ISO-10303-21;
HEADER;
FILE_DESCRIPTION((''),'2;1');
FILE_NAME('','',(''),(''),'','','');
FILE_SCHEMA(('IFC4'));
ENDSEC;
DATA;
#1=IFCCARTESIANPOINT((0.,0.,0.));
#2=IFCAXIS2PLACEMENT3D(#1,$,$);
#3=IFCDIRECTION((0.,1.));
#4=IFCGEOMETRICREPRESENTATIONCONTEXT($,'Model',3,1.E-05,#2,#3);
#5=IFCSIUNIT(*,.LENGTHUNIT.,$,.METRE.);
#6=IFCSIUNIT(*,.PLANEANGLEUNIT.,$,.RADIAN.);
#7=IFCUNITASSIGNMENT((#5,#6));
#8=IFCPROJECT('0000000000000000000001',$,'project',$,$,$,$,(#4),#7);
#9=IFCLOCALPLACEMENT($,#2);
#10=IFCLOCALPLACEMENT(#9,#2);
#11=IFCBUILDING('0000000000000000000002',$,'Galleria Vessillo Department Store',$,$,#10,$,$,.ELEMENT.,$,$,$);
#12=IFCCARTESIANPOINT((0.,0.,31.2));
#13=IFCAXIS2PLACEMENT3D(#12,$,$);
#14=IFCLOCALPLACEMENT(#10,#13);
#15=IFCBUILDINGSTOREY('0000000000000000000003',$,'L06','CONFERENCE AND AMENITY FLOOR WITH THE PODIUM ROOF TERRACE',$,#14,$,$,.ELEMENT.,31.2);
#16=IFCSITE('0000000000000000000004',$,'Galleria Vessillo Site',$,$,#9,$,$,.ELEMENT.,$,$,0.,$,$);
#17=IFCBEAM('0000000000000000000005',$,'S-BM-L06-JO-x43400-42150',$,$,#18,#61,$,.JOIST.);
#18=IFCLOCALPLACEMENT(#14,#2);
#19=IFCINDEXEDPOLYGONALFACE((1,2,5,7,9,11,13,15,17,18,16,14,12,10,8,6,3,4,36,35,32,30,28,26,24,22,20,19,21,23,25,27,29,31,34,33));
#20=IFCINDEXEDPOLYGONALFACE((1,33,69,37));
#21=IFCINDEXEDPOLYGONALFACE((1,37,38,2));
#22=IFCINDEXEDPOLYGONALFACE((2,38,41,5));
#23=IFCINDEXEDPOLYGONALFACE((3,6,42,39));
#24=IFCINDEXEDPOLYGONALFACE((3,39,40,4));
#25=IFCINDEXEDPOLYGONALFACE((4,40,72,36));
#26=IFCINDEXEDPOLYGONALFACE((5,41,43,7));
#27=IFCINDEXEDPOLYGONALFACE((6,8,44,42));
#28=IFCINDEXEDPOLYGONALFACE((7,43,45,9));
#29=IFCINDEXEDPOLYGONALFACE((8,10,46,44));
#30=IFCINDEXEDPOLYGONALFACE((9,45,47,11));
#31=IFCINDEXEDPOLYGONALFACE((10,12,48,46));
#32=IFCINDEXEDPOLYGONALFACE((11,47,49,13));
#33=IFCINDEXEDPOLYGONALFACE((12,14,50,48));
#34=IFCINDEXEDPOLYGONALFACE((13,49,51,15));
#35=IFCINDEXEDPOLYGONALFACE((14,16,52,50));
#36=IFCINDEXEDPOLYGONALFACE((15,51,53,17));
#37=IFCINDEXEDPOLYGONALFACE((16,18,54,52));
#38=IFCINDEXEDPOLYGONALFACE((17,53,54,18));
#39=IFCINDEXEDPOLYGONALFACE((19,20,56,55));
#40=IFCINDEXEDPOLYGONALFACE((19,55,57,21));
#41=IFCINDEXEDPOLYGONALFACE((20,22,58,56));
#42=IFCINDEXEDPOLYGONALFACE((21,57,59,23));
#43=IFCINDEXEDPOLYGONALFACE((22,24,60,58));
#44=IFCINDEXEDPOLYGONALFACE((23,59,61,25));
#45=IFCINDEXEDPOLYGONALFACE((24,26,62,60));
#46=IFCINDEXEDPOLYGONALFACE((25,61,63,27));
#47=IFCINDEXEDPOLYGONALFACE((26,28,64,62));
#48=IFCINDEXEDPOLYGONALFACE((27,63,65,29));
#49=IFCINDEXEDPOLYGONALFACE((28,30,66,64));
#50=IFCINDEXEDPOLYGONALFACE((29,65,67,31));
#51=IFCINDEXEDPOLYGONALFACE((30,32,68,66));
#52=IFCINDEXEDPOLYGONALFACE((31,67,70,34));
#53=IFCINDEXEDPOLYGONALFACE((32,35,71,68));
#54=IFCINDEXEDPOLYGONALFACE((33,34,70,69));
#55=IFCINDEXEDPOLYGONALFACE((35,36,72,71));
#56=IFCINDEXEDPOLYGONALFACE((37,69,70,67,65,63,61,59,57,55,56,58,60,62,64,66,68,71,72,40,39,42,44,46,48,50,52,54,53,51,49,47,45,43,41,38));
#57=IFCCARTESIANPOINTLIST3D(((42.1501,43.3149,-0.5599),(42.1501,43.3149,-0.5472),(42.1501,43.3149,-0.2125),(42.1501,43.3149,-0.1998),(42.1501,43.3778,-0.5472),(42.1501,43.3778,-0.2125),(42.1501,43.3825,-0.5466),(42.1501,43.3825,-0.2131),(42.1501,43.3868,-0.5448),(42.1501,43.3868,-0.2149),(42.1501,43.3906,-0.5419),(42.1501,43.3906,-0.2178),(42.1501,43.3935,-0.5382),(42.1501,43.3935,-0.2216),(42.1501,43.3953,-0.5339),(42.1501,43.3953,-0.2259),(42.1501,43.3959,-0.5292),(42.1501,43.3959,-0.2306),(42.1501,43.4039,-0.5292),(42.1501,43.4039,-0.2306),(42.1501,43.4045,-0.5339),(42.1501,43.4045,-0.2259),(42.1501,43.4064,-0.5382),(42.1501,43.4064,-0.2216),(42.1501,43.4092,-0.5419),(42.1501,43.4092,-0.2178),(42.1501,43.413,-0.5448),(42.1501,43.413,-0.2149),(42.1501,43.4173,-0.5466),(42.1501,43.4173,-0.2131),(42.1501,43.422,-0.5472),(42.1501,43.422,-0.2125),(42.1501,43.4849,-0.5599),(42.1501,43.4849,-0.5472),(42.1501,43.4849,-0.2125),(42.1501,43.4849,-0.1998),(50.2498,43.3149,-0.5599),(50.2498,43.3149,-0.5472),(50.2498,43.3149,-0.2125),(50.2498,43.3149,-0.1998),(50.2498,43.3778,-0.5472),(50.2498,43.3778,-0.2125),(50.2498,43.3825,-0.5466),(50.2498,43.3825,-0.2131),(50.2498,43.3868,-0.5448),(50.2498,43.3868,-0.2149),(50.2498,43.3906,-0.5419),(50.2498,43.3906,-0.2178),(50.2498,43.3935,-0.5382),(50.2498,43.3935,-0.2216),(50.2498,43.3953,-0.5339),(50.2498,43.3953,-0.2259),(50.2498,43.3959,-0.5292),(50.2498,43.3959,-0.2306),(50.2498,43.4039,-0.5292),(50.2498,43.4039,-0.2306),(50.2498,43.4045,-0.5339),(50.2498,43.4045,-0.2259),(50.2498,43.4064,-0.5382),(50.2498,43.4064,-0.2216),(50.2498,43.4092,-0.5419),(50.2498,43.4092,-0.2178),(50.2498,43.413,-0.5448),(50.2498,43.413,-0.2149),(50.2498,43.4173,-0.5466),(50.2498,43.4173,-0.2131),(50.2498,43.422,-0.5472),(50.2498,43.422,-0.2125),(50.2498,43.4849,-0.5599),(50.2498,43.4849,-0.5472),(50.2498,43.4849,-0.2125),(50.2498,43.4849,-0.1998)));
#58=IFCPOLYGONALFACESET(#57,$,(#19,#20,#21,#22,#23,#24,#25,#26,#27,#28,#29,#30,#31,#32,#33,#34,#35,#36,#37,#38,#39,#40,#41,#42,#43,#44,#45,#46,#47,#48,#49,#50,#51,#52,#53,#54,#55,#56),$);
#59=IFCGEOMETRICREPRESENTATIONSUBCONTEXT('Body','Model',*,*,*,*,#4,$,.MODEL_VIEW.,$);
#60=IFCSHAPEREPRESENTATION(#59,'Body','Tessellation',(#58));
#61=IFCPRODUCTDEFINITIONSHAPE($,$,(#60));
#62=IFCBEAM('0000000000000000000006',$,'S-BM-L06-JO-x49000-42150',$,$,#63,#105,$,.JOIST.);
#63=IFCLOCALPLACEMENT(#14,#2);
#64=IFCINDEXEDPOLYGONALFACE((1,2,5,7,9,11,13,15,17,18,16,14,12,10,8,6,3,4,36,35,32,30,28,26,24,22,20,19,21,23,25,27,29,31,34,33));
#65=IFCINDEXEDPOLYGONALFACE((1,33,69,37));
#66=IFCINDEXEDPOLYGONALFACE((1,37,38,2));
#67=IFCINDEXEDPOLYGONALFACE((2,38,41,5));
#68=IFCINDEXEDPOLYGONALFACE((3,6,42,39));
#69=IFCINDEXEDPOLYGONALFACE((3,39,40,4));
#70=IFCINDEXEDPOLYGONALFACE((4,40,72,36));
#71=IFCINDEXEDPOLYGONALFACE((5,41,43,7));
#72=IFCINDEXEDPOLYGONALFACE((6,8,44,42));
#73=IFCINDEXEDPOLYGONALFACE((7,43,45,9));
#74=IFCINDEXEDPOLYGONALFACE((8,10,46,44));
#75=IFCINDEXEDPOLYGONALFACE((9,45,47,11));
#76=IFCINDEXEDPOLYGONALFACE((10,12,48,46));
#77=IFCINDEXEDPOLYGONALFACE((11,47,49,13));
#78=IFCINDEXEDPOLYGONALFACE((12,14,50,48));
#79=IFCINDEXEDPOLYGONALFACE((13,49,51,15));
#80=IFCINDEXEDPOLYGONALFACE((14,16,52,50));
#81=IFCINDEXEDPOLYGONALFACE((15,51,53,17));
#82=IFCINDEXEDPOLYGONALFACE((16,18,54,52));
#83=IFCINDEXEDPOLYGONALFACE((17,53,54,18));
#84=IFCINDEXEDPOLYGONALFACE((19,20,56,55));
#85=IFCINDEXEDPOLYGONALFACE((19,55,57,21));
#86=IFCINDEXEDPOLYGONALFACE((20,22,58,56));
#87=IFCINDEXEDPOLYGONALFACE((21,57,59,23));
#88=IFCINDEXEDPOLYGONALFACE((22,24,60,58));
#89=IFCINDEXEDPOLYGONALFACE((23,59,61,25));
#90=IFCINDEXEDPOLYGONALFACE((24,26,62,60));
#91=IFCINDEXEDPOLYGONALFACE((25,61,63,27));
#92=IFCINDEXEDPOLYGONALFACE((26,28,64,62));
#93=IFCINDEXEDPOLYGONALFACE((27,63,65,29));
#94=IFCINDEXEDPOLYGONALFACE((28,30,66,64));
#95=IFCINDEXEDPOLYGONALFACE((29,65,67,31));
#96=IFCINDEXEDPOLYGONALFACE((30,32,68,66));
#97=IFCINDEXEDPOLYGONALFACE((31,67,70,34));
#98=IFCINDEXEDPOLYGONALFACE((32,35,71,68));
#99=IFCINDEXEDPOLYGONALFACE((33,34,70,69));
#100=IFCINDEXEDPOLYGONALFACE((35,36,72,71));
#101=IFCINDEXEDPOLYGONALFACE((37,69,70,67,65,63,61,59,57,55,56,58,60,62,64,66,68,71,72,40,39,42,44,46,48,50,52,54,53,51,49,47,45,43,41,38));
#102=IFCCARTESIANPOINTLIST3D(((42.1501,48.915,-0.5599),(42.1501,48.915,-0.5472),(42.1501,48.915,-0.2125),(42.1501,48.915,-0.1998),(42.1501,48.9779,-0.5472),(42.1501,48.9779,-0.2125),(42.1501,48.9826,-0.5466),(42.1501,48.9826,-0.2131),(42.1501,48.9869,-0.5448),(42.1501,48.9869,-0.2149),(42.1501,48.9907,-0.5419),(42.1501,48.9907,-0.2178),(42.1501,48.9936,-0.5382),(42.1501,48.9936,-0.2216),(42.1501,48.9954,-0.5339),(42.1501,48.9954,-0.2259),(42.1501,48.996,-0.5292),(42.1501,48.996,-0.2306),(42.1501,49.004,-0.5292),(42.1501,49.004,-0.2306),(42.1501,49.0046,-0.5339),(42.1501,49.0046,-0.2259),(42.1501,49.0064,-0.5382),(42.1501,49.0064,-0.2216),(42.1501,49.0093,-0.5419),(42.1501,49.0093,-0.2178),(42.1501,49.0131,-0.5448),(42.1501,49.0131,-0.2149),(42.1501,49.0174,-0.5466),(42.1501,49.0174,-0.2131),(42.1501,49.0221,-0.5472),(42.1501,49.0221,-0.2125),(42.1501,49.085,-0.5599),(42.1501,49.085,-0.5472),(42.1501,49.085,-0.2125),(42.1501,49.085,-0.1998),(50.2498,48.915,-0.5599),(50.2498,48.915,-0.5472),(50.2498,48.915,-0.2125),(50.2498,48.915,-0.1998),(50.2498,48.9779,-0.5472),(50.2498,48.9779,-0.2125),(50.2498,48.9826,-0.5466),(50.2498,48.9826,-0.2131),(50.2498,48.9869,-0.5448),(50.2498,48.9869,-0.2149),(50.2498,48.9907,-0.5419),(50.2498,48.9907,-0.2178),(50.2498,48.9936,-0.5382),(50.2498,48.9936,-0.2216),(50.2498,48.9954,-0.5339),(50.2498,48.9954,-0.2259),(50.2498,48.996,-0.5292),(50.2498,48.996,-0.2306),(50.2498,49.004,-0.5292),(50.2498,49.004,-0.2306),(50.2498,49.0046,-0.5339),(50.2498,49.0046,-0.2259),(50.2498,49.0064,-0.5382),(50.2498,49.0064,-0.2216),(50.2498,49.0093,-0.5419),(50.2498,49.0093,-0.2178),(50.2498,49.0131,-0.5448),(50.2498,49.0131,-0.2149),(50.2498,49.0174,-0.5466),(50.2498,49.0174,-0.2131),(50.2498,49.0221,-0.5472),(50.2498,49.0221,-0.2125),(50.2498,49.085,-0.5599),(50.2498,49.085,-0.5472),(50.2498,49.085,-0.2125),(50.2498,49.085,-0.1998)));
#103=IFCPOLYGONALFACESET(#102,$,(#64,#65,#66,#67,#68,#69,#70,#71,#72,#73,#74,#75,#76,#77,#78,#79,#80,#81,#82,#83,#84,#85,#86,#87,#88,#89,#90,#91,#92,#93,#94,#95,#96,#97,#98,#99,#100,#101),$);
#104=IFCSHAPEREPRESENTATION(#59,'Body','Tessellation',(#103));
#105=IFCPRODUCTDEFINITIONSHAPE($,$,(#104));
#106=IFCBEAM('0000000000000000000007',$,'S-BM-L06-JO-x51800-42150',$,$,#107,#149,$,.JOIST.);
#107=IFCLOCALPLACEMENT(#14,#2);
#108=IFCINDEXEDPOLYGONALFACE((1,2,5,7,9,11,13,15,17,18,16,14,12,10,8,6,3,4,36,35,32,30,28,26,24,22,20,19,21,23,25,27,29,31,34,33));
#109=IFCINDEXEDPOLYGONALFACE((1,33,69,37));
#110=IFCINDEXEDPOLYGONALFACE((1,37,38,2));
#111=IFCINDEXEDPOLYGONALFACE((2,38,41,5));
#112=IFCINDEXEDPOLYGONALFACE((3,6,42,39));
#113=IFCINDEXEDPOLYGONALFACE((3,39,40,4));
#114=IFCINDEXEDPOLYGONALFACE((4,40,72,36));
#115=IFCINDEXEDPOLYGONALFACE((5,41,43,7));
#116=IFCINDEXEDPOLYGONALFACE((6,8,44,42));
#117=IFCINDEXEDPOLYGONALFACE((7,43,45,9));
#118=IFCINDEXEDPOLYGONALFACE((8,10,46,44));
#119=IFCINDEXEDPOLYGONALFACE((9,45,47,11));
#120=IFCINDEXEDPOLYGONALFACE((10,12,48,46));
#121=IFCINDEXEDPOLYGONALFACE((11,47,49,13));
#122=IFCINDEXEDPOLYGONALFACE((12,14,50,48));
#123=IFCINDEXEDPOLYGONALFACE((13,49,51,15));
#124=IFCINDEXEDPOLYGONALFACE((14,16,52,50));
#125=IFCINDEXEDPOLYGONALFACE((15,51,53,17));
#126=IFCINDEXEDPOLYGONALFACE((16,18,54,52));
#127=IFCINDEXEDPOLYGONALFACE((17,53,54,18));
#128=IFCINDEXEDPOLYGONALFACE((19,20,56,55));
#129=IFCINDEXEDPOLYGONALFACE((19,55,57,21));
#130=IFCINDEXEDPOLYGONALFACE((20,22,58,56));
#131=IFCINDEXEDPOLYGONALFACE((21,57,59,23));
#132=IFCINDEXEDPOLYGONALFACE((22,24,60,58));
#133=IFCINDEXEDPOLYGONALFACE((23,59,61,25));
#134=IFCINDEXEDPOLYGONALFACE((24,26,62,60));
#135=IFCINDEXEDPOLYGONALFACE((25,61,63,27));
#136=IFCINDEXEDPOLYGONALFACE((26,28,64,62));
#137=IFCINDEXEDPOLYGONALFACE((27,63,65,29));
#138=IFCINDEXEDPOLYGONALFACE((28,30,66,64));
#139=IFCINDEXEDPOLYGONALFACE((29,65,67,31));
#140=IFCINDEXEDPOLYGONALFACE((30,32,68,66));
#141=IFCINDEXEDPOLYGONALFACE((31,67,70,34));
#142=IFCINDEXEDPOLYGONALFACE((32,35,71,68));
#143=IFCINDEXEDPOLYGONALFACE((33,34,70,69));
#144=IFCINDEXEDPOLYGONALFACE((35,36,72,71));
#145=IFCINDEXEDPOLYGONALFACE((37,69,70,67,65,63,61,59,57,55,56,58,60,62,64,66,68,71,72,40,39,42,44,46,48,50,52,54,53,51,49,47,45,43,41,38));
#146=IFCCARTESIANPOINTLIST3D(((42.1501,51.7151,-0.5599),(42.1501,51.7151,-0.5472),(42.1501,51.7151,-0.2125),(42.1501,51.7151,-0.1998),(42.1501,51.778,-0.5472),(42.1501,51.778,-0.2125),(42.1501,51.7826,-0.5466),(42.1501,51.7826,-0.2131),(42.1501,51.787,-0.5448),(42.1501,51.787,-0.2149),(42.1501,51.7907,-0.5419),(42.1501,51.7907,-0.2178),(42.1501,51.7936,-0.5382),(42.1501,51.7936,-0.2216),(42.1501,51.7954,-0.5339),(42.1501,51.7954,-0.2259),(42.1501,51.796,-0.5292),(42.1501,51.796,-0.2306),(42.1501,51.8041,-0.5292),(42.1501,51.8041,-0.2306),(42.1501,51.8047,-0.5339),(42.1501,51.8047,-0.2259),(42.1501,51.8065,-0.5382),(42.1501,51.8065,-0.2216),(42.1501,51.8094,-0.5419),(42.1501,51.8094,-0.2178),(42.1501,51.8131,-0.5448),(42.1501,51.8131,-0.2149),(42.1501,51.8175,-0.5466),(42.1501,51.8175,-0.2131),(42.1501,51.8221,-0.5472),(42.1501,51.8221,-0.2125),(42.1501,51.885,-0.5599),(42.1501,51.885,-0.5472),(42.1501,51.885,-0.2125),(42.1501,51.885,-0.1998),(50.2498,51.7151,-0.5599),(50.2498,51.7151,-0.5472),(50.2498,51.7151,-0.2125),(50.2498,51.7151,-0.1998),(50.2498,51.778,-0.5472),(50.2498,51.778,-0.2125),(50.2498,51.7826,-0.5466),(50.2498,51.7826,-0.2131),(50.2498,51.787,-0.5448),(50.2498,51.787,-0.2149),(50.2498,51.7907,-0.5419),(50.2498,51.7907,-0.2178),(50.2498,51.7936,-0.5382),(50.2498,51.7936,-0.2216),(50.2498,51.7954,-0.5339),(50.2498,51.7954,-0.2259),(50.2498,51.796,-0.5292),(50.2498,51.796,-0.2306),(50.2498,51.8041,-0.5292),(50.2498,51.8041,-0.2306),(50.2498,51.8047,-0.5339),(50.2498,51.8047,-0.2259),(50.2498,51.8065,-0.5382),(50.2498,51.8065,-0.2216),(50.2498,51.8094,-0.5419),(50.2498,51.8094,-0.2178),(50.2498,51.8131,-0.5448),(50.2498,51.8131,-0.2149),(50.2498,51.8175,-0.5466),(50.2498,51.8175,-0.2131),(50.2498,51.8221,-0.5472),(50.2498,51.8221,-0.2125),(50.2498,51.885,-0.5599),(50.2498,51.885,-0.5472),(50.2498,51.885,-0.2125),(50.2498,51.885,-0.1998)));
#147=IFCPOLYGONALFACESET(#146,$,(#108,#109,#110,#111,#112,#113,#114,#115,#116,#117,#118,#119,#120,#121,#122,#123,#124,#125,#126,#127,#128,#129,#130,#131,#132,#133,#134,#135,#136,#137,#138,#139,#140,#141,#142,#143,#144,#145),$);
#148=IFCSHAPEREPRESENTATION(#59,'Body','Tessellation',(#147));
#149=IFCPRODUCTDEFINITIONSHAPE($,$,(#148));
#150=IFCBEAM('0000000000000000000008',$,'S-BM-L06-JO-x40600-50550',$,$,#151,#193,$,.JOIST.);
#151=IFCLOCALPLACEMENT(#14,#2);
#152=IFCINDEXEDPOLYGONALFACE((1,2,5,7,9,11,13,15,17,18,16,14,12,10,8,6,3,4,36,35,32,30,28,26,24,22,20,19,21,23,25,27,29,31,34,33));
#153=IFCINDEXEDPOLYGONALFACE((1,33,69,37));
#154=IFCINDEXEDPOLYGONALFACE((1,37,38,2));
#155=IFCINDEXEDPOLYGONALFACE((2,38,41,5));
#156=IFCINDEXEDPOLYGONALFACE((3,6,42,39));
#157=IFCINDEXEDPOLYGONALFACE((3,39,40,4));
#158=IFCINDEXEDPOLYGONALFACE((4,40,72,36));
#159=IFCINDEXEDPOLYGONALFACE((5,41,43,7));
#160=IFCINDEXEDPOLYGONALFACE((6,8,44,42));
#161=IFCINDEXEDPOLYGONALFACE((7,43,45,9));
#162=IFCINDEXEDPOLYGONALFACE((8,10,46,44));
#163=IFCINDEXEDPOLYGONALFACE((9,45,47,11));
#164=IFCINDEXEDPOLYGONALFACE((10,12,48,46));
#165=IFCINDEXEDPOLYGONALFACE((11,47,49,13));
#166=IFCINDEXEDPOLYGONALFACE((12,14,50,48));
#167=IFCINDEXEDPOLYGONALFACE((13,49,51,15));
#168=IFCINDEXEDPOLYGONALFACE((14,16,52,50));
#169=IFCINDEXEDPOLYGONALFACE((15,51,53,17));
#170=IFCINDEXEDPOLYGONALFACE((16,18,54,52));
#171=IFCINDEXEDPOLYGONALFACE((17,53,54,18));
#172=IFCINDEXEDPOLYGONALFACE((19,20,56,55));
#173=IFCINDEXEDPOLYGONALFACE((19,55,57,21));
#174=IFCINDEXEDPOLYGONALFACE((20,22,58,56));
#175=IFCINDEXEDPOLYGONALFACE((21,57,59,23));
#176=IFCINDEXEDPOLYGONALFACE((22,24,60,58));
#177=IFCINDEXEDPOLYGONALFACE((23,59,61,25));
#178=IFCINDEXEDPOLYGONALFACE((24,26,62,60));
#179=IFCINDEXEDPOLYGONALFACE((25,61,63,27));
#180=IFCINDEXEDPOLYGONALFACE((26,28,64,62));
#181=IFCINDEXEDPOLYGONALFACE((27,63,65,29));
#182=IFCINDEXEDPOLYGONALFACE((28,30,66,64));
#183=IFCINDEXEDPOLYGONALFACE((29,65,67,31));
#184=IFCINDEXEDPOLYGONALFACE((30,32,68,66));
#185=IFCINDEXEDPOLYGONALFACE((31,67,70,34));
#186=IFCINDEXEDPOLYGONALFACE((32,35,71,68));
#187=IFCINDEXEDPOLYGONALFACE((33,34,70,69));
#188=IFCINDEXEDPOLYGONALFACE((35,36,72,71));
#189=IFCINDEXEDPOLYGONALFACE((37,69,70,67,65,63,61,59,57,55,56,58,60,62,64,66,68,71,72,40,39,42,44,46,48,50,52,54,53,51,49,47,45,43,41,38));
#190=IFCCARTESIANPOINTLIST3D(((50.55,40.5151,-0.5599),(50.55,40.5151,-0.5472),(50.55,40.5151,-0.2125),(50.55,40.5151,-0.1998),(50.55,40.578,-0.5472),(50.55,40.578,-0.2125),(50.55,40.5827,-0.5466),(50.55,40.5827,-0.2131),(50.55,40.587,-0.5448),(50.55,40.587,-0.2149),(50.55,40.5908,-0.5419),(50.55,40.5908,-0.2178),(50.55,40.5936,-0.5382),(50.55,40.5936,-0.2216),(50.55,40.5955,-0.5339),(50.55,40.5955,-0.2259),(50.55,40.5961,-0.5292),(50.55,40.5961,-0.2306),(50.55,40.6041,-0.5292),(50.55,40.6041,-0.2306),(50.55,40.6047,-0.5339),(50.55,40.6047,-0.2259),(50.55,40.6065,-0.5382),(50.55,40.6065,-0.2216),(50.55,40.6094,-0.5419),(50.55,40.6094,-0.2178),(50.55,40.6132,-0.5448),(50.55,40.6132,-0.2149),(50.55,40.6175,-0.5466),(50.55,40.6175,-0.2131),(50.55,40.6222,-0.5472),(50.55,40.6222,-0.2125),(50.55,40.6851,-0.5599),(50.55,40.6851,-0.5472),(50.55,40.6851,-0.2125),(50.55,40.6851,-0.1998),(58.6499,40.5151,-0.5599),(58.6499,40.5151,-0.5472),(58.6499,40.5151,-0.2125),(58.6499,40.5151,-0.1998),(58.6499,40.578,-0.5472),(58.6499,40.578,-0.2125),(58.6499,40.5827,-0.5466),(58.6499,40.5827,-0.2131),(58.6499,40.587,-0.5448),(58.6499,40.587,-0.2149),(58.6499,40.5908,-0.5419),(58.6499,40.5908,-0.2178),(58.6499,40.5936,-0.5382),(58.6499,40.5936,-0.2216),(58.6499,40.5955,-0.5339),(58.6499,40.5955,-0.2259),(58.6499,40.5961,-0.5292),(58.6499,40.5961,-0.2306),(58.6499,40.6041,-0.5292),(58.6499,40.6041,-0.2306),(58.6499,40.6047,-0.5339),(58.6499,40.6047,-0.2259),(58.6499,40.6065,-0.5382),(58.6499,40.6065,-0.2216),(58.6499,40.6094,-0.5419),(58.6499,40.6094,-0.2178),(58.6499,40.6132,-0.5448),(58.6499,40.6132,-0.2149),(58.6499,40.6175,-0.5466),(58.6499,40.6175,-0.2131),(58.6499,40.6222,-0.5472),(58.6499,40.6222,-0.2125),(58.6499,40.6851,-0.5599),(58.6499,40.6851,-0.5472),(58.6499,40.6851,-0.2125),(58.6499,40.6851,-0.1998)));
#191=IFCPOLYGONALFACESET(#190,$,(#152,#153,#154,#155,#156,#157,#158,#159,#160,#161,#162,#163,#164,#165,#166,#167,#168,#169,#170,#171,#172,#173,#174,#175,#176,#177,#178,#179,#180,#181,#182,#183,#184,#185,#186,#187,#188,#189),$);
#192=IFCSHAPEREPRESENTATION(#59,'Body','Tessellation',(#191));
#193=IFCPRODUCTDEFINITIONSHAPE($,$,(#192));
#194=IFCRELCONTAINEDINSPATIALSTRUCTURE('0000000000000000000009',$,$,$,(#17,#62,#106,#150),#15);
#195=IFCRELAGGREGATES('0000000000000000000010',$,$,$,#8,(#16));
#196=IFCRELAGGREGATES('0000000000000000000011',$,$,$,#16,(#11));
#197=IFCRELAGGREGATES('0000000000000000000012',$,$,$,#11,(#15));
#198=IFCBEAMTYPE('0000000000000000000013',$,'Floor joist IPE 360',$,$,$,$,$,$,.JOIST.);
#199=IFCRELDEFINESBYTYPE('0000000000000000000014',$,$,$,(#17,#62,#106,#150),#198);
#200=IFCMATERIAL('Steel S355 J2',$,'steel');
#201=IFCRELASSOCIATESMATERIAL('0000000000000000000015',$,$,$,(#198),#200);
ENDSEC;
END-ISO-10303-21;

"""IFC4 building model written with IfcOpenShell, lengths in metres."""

from ifc_helpers import new_model, si_unit, direction, frame, origin, origin_2d, place, context, subcontext, project, spatial, i_section, extrude, material, material_profile, profile_set, type_object, element, save


model = new_model("IFC4")

# Units and contexts
model_context = context("Model", 3, precision=1e-05, world=origin(), true_north=direction((0.0, 1.0)))
body_context = subcontext(model_context, "Body", "Model", "MODEL_VIEW")
ifc_project = project(units=[si_unit("LENGTHUNIT", "METRE"), si_unit("PLANEANGLEUNIT", "RADIAN")], contexts=[model_context])

# Site, building, storey
site_placement = place(None, origin())
site = spatial("IfcSite", under=ifc_project, at=site_placement, Name="Galleria Vessillo Site", CompositionType="ELEMENT", RefElevation=0.0)
building_placement = place(site_placement, origin())
building = spatial("IfcBuilding", under=site, at=building_placement, Name="Galleria Vessillo Department Store", CompositionType="ELEMENT")
storey_placement = place(building_placement, frame((0.0, 0.0, 31.2)))
storey = spatial("IfcBuildingStorey", under=building, at=storey_placement, Name="L06", Description="CONFERENCE AND AMENITY FLOOR WITH THE PODIUM ROOF TERRACE", CompositionType="ELEMENT", Elevation=31.2)

# Beams
ifc_material_1 = material(Name="Steel S355 J2", Category="steel")
ifc_material_profile_1 = material_profile(ifc_material_1, i_section(OverallWidth=0.1699, OverallDepth=0.3601, WebThickness=0.0081, FlangeThickness=0.0127, FilletRadius=0.0181, at=origin_2d()), Name="IPE 360")
ifc_profile_set_1 = profile_set([ifc_material_profile_1], Name="Steel S355 J2")
beam_type_1 = type_object("IfcBeamType", Name="Floor joist IPE 360", PredefinedType="JOIST", material=ifc_profile_set_1)
for number, where, z_axis, x_axis, name in (
    (1, (42.1501, 43.3999, -0.3799), (1.0, 0.0, 0.0), (0.0, 1.0, 0.0), "S-BM-L06-JO-x43400-42150"),
    (2, (42.1501, 49.0, -0.3799), (1.0, 0.0, 0.0), (0.0, 1.0, 0.0), "S-BM-L06-JO-x49000-42150"),
    (3, (42.1501, 51.8, -0.3799), (1.0, 0.0, 0.0), (0.0, 1.0, 0.0), "S-BM-L06-JO-x51800-42150"),
):
    element("IfcBeam", number, at=place(storey_placement, frame(where, z_axis=z_axis, x_axis=x_axis)), inside=storey, type_object=beam_type_1, Name=name, PredefinedType="JOIST", context=body_context, shape_type="SweptSolid", body=[
        extrude(i_section(OverallWidth=0.1699, OverallDepth=0.3601, WebThickness=0.0081, FlangeThickness=0.0127, FilletRadius=0.0181, at=origin_2d()), origin(), (0.0, 0.0, 1.0), 8.0996),
    ])
for number, where, z_axis, x_axis, name in (
    (4, (50.55, 40.6001, -0.3799), (1.0, 0.0, 0.0), (0.0, 1.0, 0.0), "S-BM-L06-JO-x40600-50550"),
):
    element("IfcBeam", number, at=place(storey_placement, frame(where, z_axis=z_axis, x_axis=x_axis)), inside=storey, type_object=beam_type_1, Name=name, PredefinedType="JOIST", context=body_context, shape_type="SweptSolid", body=[
        extrude(i_section(OverallWidth=0.1699, OverallDepth=0.3601, WebThickness=0.0081, FlangeThickness=0.0127, FilletRadius=0.0181, at=origin_2d()), origin(), (0.0, 0.0, 1.0), 8.0999),
    ])

save(model, "model.ifc")
